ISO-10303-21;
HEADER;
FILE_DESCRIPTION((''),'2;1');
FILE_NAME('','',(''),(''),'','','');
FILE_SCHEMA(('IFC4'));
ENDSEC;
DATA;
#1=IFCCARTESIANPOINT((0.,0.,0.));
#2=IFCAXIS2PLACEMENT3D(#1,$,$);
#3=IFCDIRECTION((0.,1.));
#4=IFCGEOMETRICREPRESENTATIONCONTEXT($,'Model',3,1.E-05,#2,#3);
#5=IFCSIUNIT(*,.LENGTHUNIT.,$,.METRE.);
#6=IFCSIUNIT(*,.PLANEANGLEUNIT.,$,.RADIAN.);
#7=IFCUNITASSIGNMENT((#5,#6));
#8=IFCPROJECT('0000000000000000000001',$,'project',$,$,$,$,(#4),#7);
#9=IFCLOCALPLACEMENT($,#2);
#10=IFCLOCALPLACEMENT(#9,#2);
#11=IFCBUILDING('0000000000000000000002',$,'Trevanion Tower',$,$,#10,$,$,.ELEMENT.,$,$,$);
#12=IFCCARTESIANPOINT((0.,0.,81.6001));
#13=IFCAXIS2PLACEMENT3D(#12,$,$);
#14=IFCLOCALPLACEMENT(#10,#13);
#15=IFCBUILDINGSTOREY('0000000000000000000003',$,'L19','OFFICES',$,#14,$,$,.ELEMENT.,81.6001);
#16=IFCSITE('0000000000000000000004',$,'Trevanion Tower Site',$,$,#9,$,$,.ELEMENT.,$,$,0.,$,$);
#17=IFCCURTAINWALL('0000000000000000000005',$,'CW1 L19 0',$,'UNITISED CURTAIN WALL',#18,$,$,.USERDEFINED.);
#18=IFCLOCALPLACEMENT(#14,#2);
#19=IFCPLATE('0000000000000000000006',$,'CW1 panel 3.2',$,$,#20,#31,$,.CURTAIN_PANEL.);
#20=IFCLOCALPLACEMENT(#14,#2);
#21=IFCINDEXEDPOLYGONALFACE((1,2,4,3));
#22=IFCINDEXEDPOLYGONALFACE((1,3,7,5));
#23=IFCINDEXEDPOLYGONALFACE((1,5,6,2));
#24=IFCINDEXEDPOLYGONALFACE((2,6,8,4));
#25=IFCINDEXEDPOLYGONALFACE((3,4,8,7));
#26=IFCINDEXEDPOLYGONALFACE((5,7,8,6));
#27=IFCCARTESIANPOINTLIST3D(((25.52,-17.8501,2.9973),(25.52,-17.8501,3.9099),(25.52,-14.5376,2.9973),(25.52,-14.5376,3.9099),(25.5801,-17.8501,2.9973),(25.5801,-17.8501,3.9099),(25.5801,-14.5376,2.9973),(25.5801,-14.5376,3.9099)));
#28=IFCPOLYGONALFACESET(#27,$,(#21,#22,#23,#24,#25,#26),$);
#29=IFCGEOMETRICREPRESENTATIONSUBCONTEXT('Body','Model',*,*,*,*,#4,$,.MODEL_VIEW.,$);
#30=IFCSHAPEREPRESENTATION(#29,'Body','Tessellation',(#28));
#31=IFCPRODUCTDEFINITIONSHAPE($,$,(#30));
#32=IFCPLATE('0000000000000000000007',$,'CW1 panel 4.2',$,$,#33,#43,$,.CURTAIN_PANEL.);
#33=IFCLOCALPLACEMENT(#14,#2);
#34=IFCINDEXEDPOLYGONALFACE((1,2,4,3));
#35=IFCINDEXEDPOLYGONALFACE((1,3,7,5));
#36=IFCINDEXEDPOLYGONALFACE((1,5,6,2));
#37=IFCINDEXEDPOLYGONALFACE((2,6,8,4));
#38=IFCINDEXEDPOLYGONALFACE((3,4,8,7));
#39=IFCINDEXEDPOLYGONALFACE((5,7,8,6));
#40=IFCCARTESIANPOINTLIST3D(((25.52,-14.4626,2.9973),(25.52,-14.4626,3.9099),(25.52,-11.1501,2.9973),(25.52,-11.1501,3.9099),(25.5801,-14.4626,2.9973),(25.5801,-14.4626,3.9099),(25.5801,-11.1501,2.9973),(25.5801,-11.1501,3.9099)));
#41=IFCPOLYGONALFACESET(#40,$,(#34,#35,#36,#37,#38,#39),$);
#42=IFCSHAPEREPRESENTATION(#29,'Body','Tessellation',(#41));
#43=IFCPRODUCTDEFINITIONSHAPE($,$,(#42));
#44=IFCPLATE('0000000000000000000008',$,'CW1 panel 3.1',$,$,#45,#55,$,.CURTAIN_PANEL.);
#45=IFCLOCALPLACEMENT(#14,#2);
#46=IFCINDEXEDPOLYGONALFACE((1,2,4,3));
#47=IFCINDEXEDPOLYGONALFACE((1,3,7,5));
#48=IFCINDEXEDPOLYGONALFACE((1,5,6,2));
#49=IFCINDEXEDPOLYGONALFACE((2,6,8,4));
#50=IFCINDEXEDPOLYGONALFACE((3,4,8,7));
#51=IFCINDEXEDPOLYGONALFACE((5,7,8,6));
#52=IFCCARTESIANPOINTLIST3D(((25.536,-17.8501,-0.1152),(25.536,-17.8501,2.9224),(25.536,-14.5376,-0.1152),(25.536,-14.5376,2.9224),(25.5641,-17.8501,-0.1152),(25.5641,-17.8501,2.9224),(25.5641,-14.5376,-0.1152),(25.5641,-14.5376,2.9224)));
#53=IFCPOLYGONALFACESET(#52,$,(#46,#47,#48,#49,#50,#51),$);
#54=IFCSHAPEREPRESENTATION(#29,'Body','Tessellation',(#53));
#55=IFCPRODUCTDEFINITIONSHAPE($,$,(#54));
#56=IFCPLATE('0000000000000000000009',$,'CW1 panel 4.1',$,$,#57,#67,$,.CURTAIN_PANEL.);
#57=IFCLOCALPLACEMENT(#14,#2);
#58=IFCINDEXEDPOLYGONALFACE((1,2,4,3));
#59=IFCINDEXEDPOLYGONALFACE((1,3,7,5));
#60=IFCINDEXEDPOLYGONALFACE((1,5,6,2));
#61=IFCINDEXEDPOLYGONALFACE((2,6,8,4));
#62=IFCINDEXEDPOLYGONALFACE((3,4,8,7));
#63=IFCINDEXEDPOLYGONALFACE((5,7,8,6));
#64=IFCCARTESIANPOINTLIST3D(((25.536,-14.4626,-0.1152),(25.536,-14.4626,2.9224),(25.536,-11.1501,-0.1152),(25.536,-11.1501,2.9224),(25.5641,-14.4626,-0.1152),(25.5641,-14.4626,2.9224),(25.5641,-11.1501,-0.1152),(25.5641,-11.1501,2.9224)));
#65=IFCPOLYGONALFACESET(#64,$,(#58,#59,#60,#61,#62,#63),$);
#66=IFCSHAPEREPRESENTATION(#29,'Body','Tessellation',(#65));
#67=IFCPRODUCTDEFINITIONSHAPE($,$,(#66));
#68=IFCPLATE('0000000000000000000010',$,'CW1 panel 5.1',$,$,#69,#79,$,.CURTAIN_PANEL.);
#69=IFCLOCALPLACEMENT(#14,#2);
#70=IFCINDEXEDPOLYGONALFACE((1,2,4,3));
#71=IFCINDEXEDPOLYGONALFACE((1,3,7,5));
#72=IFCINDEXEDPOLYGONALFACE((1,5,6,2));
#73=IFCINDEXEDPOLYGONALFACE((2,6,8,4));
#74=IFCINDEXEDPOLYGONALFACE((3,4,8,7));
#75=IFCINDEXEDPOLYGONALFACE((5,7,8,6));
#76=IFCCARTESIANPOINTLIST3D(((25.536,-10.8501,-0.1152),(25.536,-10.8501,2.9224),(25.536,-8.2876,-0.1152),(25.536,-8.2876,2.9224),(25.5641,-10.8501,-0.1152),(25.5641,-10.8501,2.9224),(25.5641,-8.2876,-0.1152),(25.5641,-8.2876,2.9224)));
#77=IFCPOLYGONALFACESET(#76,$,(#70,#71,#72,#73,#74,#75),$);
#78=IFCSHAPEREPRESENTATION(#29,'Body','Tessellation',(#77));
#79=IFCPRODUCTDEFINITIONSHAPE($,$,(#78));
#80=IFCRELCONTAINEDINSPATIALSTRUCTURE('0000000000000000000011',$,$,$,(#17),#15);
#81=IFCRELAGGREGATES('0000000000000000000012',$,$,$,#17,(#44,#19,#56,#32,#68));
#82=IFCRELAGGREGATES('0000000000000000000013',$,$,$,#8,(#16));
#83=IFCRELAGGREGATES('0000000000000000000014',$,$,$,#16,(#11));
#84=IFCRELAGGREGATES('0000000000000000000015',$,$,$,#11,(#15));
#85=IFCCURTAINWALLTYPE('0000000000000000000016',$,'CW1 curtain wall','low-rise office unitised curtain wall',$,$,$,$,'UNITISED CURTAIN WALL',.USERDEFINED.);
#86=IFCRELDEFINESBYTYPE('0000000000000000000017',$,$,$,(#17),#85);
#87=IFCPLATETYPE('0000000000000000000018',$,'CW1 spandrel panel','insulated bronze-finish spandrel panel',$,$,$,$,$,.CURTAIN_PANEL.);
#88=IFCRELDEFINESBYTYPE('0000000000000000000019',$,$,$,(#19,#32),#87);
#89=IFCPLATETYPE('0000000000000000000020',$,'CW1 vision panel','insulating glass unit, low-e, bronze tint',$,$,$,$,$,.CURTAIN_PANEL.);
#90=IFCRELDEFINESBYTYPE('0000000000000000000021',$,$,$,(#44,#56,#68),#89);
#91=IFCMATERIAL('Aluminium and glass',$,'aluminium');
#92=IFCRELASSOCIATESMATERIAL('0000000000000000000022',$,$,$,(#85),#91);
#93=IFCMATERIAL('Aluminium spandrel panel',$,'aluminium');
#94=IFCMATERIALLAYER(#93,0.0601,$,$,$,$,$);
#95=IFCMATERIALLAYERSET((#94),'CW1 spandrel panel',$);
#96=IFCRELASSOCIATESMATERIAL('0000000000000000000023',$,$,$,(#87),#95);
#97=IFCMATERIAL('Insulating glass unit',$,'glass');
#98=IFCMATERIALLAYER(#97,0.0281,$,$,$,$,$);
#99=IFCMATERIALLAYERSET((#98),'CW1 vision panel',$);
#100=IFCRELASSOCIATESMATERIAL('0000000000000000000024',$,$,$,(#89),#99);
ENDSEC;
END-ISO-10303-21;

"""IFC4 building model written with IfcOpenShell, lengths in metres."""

from ifc_helpers import new_model, si_unit, direction, frame, origin, origin_2d, place, context, subcontext, project, spatial, rectangle, extrude, material, layer, layer_set, type_object, element, aggregate, save


model = new_model("IFC4")

# Units and contexts
model_context = context("Model", 3, precision=1e-05, world=origin(), true_north=direction((0.0, 1.0)))
body_context = subcontext(model_context, "Body", "Model", "MODEL_VIEW")
ifc_project = project(units=[si_unit("LENGTHUNIT", "METRE"), si_unit("PLANEANGLEUNIT", "RADIAN")], contexts=[model_context])

# Site, building, storey
site_placement = place(None, origin())
site = spatial("IfcSite", under=ifc_project, at=site_placement, Name="Trevanion Tower Site", CompositionType="ELEMENT", RefElevation=0.0)
building_placement = place(site_placement, origin())
building = spatial("IfcBuilding", under=site, at=building_placement, Name="Trevanion Tower", CompositionType="ELEMENT")
storey_placement = place(building_placement, frame((0.0, 0.0, 81.6001)))
storey = spatial("IfcBuildingStorey", under=building, at=storey_placement, Name="L19", Description="OFFICES", CompositionType="ELEMENT", Elevation=81.6001)

# Curtain wall
ifc_material_1 = material(Name="Aluminium and glass", Category="aluminium")
curtain_wall_type = type_object("IfcCurtainWallType", Name="CW1 curtain wall", Description="low-rise office unitised curtain wall", ElementType="UNITISED CURTAIN WALL", PredefinedType="USERDEFINED", material=ifc_material_1)
curtain_wall_placement = place(storey_placement, origin())
curtain_wall = element("IfcCurtainWall", 1, at=curtain_wall_placement, inside=storey, type_object=curtain_wall_type, Name="CW1 L19 0", ObjectType="UNITISED CURTAIN WALL", PredefinedType="USERDEFINED")

# Plates
ifc_material_2 = material(Name="Aluminium spandrel panel", Category="aluminium")
ifc_layer_1 = layer(ifc_material_2, 0.0601)
ifc_layer_set_1 = layer_set([ifc_layer_1], Name="CW1 spandrel panel")
plate_type_1 = type_object("IfcPlateType", Name="CW1 spandrel panel", Description="insulated bronze-finish spandrel panel", PredefinedType="CURTAIN_PANEL", material=ifc_layer_set_1)
plate_1_placement = place(storey_placement, frame((25.55, -16.1938, 2.9973), z_axis=(0.0, 0.0, 1.0), x_axis=(0.0, 1.0, 0.0)))
plate_1 = element("IfcPlate", 2, at=plate_1_placement, type_object=plate_type_1, Name="CW1 panel 3.2", PredefinedType="CURTAIN_PANEL", context=body_context, shape_type="SweptSolid", body=[
    extrude(rectangle(XDim=3.3125, YDim=0.0601, at=origin_2d()), origin(), (0.0, 0.0, 1.0), 0.9126),
])
plate_2_placement = place(storey_placement, frame((25.55, -12.8064, 2.9973), z_axis=(0.0, 0.0, 1.0), x_axis=(0.0, 1.0, 0.0)))
plate_2 = element("IfcPlate", 3, at=plate_2_placement, type_object=plate_type_1, Name="CW1 panel 4.2", PredefinedType="CURTAIN_PANEL", context=body_context, shape_type="SweptSolid", body=[
    extrude(rectangle(XDim=3.3125, YDim=0.0601, at=origin_2d()), origin(), (0.0, 0.0, 1.0), 0.9126),
])
ifc_material_3 = material(Name="Insulating glass unit", Category="glass")
ifc_layer_2 = layer(ifc_material_3, 0.0281)
ifc_layer_set_2 = layer_set([ifc_layer_2], Name="CW1 vision panel")
plate_type_2 = type_object("IfcPlateType", Name="CW1 vision panel", Description="insulating glass unit, low-e, bronze tint", PredefinedType="CURTAIN_PANEL", material=ifc_layer_set_2)
plate_3_placement = place(storey_placement, frame((25.55, -16.1938, -0.1152), z_axis=(0.0, 0.0, 1.0), x_axis=(0.0, 1.0, 0.0)))
plate_3 = element("IfcPlate", 4, at=plate_3_placement, type_object=plate_type_2, Name="CW1 panel 3.1", PredefinedType="CURTAIN_PANEL", context=body_context, shape_type="SweptSolid", body=[
    extrude(rectangle(XDim=3.3125, YDim=0.0281, at=origin_2d()), origin(), (0.0, 0.0, 1.0), 3.0376),
])
plate_4_placement = place(storey_placement, frame((25.55, -12.8064, -0.1152), z_axis=(0.0, 0.0, 1.0), x_axis=(0.0, 1.0, 0.0)))
plate_4 = element("IfcPlate", 5, at=plate_4_placement, type_object=plate_type_2, Name="CW1 panel 4.1", PredefinedType="CURTAIN_PANEL", context=body_context, shape_type="SweptSolid", body=[
    extrude(rectangle(XDim=3.3125, YDim=0.0281, at=origin_2d()), origin(), (0.0, 0.0, 1.0), 3.0376),
])
plate_5_placement = place(storey_placement, frame((25.55, -9.5688, -0.1152), z_axis=(0.0, 0.0, 1.0), x_axis=(0.0, 1.0, 0.0)))
plate_5 = element("IfcPlate", 6, at=plate_5_placement, type_object=plate_type_2, Name="CW1 panel 5.1", PredefinedType="CURTAIN_PANEL", context=body_context, shape_type="SweptSolid", body=[
    extrude(rectangle(XDim=2.5625, YDim=0.0281, at=origin_2d()), origin(), (0.0, 0.0, 1.0), 3.0376),
])
aggregate(curtain_wall, [plate_3, plate_1, plate_4, plate_2, plate_5])

save(model, "model.ifc")
